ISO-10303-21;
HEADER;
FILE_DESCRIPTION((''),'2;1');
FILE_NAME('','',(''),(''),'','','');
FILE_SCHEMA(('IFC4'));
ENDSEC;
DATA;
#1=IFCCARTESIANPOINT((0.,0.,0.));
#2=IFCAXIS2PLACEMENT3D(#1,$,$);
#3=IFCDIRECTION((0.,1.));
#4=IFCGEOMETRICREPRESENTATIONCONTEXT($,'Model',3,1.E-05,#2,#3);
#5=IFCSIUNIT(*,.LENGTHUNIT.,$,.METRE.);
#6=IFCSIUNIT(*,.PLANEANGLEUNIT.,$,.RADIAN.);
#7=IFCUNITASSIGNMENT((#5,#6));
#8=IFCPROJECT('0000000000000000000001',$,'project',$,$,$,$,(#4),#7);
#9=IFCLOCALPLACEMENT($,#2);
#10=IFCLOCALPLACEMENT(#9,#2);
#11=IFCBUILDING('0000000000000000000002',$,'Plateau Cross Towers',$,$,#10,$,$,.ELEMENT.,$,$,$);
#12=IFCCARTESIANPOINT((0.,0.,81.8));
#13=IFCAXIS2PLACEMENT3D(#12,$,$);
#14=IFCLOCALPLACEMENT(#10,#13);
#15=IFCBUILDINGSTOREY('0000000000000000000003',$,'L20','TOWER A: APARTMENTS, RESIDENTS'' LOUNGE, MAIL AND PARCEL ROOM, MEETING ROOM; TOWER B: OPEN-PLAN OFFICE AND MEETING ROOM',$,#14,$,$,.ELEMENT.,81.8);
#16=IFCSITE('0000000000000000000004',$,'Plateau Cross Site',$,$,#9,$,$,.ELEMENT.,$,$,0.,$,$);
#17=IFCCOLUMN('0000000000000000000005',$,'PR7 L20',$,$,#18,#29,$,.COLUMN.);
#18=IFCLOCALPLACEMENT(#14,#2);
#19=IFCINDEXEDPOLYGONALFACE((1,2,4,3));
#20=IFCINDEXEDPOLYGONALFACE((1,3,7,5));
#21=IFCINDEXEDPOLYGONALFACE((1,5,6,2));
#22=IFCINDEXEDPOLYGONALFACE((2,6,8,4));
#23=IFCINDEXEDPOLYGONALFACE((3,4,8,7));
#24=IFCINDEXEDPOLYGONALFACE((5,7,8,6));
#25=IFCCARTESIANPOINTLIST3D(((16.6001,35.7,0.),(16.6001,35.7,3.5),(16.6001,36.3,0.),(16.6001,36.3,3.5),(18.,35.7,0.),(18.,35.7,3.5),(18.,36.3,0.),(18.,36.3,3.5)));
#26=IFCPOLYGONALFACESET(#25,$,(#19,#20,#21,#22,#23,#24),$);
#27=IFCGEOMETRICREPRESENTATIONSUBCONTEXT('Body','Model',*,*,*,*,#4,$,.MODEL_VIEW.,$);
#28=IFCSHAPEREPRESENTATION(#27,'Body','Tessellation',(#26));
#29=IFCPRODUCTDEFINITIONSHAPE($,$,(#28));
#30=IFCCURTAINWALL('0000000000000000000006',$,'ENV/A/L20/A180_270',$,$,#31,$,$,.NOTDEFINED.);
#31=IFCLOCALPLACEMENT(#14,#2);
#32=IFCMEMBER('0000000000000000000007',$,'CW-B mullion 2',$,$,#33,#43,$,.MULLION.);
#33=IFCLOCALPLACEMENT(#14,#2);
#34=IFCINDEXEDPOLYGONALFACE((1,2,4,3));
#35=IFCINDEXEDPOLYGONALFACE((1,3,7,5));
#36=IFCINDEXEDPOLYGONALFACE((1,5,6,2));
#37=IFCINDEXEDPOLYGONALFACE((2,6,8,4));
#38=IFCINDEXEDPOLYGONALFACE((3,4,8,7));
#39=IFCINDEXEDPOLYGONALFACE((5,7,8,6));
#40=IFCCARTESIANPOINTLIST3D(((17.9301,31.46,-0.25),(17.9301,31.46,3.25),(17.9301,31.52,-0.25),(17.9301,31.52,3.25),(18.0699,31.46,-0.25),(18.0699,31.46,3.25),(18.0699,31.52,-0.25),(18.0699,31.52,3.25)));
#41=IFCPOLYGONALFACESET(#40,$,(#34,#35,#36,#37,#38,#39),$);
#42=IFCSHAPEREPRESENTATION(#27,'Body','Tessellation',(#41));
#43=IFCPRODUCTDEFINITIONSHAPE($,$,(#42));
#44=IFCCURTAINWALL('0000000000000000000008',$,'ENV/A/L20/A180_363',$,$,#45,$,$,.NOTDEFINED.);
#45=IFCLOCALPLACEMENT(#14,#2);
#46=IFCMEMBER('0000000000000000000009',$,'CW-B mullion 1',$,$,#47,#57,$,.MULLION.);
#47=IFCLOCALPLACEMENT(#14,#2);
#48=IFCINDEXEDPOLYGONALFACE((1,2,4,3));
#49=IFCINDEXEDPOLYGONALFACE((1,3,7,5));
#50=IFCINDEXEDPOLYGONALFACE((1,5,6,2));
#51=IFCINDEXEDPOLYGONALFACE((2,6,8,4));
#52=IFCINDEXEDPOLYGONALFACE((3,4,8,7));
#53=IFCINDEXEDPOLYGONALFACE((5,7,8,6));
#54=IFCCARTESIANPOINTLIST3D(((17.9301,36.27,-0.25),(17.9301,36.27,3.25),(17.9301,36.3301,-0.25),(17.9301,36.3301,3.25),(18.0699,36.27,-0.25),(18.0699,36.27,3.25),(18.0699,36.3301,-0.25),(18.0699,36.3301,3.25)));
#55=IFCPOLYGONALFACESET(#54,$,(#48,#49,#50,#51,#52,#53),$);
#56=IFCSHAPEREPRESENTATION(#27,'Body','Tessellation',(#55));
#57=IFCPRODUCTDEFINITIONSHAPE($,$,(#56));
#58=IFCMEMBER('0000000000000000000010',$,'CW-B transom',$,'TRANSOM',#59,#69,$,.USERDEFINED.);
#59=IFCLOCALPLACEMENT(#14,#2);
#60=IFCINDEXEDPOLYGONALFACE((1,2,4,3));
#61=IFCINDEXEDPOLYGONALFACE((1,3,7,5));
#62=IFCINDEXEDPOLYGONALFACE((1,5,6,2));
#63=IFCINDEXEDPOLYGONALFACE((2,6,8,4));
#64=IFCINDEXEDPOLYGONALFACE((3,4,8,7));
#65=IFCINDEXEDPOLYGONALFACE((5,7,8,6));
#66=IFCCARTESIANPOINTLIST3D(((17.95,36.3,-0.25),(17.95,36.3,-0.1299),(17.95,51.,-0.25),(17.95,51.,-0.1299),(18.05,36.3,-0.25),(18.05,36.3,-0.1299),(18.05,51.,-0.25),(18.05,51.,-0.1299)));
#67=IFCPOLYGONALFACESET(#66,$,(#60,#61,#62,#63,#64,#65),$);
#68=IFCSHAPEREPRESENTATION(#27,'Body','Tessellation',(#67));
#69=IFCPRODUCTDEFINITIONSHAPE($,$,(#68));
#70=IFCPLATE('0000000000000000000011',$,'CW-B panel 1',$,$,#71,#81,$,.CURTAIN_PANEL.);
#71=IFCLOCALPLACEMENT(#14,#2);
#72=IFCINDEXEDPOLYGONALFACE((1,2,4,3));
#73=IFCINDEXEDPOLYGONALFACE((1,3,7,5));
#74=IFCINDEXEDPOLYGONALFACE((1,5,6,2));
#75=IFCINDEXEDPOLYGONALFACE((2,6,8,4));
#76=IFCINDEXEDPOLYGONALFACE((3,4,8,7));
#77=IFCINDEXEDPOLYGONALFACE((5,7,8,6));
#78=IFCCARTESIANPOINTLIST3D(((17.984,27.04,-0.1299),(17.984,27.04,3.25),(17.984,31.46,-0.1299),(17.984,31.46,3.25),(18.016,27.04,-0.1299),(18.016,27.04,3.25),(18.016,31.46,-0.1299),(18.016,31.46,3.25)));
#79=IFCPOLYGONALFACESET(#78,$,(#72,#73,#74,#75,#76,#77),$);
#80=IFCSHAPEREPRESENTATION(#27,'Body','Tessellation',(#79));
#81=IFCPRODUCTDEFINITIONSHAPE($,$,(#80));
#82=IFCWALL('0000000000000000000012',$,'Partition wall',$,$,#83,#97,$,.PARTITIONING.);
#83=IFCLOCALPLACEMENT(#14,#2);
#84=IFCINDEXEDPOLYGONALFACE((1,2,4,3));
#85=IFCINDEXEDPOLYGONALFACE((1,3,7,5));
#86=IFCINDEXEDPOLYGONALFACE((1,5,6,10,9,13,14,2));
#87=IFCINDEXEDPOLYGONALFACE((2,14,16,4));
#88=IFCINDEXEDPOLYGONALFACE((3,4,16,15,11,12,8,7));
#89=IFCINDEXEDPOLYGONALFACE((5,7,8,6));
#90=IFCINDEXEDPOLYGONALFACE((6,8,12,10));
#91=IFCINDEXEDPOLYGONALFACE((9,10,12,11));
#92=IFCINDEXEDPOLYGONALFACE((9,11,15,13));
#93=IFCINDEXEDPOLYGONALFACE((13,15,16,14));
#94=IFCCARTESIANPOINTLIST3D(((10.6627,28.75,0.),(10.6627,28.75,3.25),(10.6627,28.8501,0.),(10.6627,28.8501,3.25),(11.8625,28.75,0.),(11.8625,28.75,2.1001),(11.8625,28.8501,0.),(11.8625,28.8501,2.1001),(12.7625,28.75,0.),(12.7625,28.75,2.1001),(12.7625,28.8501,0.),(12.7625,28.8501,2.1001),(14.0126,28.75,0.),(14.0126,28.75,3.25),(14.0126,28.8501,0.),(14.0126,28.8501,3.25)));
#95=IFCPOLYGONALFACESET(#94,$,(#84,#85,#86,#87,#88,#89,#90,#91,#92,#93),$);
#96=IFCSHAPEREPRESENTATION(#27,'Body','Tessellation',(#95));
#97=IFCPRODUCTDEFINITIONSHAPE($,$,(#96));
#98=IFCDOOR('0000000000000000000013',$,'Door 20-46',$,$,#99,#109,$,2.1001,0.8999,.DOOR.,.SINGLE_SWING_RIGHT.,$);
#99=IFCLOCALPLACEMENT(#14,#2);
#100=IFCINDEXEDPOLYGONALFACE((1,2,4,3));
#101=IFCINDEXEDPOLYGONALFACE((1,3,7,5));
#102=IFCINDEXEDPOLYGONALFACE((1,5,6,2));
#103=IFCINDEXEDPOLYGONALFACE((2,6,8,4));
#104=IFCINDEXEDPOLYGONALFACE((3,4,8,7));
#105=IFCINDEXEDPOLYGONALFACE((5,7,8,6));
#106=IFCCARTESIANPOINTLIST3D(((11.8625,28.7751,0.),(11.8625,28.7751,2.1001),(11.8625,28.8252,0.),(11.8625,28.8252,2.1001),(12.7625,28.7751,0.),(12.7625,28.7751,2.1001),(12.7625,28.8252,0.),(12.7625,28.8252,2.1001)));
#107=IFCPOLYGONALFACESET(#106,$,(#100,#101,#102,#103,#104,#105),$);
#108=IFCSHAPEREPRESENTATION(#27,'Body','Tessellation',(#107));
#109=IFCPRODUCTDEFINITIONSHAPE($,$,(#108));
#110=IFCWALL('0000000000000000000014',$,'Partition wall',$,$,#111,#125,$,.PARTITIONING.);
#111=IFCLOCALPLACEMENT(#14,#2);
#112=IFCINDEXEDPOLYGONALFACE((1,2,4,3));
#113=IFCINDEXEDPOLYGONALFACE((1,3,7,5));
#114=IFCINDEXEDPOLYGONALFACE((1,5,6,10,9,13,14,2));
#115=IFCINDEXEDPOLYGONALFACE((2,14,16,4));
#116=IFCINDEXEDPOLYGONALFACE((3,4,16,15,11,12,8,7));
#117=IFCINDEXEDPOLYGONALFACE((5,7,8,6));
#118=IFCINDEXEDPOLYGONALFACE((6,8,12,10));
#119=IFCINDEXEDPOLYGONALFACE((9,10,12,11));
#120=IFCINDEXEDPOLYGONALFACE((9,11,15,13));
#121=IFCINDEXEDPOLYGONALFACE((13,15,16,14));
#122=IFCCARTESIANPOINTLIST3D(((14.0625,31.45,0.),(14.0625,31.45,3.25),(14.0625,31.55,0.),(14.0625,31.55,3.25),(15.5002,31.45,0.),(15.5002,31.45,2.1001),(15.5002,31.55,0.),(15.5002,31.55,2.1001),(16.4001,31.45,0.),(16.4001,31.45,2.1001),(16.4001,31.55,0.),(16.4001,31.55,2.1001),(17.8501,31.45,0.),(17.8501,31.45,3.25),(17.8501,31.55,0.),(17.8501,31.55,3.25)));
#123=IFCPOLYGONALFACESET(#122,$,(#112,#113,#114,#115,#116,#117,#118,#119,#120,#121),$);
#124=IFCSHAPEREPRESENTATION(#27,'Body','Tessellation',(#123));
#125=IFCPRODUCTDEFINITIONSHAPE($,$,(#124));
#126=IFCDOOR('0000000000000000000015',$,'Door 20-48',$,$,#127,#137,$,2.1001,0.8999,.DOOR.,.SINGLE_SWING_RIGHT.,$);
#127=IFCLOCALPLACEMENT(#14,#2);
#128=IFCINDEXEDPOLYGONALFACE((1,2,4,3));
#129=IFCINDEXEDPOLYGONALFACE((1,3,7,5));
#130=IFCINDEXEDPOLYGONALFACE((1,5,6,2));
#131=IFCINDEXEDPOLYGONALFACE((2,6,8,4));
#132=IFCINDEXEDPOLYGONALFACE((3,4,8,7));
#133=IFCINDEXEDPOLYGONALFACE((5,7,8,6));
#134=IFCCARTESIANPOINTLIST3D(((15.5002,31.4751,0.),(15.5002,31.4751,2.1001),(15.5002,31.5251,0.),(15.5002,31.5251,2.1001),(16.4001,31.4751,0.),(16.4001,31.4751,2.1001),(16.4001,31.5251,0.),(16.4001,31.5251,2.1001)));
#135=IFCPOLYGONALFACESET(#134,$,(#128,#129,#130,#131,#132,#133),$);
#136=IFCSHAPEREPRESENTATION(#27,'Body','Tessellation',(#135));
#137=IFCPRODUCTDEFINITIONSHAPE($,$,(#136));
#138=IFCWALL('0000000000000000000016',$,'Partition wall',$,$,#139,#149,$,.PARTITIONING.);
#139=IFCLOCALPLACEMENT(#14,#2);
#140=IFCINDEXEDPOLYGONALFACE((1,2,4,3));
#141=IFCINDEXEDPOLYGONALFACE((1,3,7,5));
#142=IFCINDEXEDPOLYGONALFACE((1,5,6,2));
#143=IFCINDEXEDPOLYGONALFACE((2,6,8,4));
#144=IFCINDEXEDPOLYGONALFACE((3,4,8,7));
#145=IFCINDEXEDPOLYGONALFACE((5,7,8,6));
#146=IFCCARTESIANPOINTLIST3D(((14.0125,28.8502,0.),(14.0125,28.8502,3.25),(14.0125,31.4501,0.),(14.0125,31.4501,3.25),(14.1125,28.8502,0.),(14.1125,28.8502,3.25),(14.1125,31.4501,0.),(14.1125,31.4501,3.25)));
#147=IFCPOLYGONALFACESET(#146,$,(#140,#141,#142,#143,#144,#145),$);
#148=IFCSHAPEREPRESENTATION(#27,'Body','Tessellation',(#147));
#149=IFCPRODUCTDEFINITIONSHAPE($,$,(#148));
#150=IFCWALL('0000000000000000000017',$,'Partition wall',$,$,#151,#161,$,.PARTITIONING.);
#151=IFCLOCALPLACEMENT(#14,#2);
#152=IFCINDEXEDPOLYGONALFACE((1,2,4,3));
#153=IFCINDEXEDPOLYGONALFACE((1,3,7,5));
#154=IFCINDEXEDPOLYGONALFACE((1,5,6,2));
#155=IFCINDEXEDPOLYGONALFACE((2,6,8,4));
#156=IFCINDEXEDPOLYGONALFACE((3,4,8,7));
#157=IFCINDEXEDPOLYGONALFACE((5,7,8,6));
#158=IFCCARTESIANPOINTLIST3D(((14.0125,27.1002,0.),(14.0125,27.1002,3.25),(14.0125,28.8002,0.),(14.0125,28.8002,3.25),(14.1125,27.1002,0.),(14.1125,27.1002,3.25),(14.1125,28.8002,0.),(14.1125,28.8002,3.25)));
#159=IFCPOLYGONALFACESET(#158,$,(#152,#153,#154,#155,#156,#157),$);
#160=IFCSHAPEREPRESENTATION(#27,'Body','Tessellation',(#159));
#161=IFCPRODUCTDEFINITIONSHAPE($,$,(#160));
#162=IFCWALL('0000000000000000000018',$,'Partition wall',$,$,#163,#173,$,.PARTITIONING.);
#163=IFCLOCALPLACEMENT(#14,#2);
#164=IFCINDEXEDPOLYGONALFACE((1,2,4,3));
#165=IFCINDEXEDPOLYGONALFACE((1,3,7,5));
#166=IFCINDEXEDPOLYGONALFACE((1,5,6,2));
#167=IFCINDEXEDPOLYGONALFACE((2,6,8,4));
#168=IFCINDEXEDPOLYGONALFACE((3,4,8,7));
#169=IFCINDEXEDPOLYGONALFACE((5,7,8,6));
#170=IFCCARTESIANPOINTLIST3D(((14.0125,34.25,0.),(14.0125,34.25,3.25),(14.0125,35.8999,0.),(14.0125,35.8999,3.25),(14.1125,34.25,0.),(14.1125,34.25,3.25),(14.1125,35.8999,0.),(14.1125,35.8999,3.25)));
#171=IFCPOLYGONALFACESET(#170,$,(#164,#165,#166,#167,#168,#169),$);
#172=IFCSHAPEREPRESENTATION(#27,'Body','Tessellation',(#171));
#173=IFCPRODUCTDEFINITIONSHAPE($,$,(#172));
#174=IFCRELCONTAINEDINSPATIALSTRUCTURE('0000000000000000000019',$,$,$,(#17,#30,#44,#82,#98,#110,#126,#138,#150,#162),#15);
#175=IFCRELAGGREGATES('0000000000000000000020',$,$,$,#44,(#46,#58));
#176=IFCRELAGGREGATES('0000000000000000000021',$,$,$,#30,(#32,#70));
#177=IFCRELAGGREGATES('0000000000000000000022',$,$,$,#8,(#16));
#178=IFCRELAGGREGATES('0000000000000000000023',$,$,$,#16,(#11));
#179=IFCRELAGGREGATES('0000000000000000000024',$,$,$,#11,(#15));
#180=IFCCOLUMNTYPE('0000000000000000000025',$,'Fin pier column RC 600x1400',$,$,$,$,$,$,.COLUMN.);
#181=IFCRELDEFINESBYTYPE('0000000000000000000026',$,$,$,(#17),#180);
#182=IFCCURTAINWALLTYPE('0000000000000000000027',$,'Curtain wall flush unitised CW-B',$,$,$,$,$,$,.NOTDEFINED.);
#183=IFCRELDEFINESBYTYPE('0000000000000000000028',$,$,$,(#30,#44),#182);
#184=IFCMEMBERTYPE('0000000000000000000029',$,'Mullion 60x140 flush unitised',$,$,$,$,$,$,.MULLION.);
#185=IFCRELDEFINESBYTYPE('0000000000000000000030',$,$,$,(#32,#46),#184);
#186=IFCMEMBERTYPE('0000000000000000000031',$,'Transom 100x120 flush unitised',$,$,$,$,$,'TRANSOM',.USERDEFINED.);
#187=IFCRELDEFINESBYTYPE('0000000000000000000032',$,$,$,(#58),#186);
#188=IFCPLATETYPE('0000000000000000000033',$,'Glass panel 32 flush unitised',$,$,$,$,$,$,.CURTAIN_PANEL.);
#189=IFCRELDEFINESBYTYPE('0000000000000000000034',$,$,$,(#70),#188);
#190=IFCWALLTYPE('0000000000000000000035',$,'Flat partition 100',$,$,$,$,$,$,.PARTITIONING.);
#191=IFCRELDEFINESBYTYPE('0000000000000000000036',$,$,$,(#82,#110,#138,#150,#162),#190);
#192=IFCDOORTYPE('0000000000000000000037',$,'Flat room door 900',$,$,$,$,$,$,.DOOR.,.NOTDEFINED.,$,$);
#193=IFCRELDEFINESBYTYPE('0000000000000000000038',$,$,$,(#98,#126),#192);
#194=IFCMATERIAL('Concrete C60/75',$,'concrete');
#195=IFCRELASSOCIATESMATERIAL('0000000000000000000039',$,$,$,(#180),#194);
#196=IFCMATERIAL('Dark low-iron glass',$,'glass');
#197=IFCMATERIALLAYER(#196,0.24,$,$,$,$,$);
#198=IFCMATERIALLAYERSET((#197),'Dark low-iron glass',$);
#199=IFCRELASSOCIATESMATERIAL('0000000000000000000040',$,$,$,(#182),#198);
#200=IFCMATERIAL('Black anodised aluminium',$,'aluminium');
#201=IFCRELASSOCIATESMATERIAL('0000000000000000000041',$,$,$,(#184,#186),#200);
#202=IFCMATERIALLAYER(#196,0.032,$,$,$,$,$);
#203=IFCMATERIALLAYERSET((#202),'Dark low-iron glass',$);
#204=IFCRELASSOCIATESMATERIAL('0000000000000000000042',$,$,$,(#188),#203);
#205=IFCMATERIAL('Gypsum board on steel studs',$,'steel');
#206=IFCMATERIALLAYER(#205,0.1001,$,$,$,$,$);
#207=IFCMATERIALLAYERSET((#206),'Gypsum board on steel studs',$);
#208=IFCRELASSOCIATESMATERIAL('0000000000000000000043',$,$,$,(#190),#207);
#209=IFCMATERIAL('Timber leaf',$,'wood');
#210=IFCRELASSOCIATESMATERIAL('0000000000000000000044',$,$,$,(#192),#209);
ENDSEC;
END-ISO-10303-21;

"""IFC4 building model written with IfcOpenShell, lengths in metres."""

from ifc_helpers import new_model, si_unit, direction, frame, frame_2d, origin, origin_2d, place, context, subcontext, project, spatial, rectangle, extrude, material, layer, layer_set, material_profile, profile_set, type_object, element, fill, aggregate, save


model = new_model("IFC4")

# Units and contexts
model_context = context("Model", 3, precision=1e-05, world=origin(), true_north=direction((0.0, 1.0)))
body_context = subcontext(model_context, "Body", "Model", "MODEL_VIEW")
ifc_project = project(units=[si_unit("LENGTHUNIT", "METRE"), si_unit("PLANEANGLEUNIT", "RADIAN")], contexts=[model_context])

# Site, building, storey
site_placement = place(None, origin())
site = spatial("IfcSite", under=ifc_project, at=site_placement, Name="Plateau Cross Site", CompositionType="ELEMENT", RefElevation=0.0)
building_placement = place(site_placement, origin())
building = spatial("IfcBuilding", under=site, at=building_placement, Name="Plateau Cross Towers", CompositionType="ELEMENT")
storey_placement = place(building_placement, frame((0.0, 0.0, 81.8)))
storey = spatial("IfcBuildingStorey", under=building, at=storey_placement, Name="L20", Description="TOWER A: APARTMENTS, RESIDENTS' LOUNGE, MAIL AND PARCEL ROOM, MEETING ROOM; TOWER B: OPEN-PLAN OFFICE AND MEETING ROOM", CompositionType="ELEMENT", Elevation=81.8)

# Column
ifc_material_1 = material(Name="Concrete C60/75", Category="concrete")
ifc_material_profile_1 = material_profile(ifc_material_1, rectangle(XDim=0.6001, YDim=1.3999, at=origin_2d()), Name="RC 600x1400")
ifc_profile_set_1 = profile_set([ifc_material_profile_1], Name="Concrete C60/75")
column_type = type_object("IfcColumnType", Name="Fin pier column RC 600x1400", PredefinedType="COLUMN", material=ifc_profile_set_1)
column_placement = place(storey_placement, frame((17.3, 36.0, 0.0), z_axis=(0.0, 0.0, 1.0), x_axis=(0.0, 1.0, 0.0)))
element("IfcColumn", 1, at=column_placement, inside=storey, type_object=column_type, Name="PR7 L20", PredefinedType="COLUMN", context=body_context, shape_type="SweptSolid", body=[
    extrude(rectangle(XDim=0.6001, YDim=1.3999, at=origin_2d()), origin(), (0.0, 0.0, 1.0), 3.5),
])

# Curtain wall, member
ifc_material_2 = material(Name="Dark low-iron glass", Category="glass")
ifc_layer_1 = layer(ifc_material_2, 0.24)
ifc_layer_set_1 = layer_set([ifc_layer_1], Name="Dark low-iron glass")
curtain_wall_type = type_object("IfcCurtainWallType", Name="Curtain wall flush unitised CW-B", PredefinedType="NOTDEFINED", material=ifc_layer_set_1)
curtain_wall_1_placement = place(storey_placement, origin())
curtain_wall_1 = element("IfcCurtainWall", 2, at=curtain_wall_1_placement, inside=storey, type_object=curtain_wall_type, Name="ENV/A/L20/A180_270", PredefinedType="NOTDEFINED")
ifc_material_3 = material(Name="Black anodised aluminium", Category="aluminium")
ifc_material_profile_2 = material_profile(ifc_material_3, rectangle(XDim=0.0601, YDim=0.1399, at=origin_2d()), Name="MULLION 60x140")
ifc_profile_set_2 = profile_set([ifc_material_profile_2], Name="Black anodised aluminium")
member_type_1 = type_object("IfcMemberType", Name="Mullion 60x140 flush unitised", PredefinedType="MULLION", material=ifc_profile_set_2)
member_1_placement = place(storey_placement, frame((18.0, 31.49, -0.25), z_axis=(0.0, 0.0, 1.0), x_axis=(0.0, 1.0, 0.0)))
member_1 = element("IfcMember", 3, at=member_1_placement, type_object=member_type_1, Name="CW-B mullion 2", PredefinedType="MULLION", context=body_context, shape_type="SweptSolid", body=[
    extrude(rectangle(XDim=0.0601, YDim=0.1399, at=origin_2d()), origin(), (0.0, 0.0, 1.0), 3.5),
])

# Curtain wall, members
curtain_wall_2_placement = place(storey_placement, origin())
curtain_wall_2 = element("IfcCurtainWall", 4, at=curtain_wall_2_placement, inside=storey, type_object=curtain_wall_type, Name="ENV/A/L20/A180_363", PredefinedType="NOTDEFINED")
member_2_placement = place(storey_placement, frame((18.0, 36.3, -0.25), z_axis=(0.0, 0.0, 1.0), x_axis=(0.0, 1.0, 0.0)))
member_2 = element("IfcMember", 5, at=member_2_placement, type_object=member_type_1, Name="CW-B mullion 1", PredefinedType="MULLION", context=body_context, shape_type="SweptSolid", body=[
    extrude(rectangle(XDim=0.0601, YDim=0.1399, at=origin_2d()), origin(), (0.0, 0.0, 1.0), 3.5),
])
ifc_material_profile_3 = material_profile(ifc_material_3, rectangle(XDim=0.1001, YDim=0.1201, at=origin_2d()), Name="TRANSOM 100x120")
ifc_profile_set_3 = profile_set([ifc_material_profile_3], Name="Black anodised aluminium")
member_type_2 = type_object("IfcMemberType", Name="Transom 100x120 flush unitised", ElementType="TRANSOM", PredefinedType="USERDEFINED", material=ifc_profile_set_3)
member_3_placement = place(storey_placement, frame((18.0, 36.3, -0.1899), z_axis=(0.0, 1.0, 0.0), x_axis=(-1.0, 0.0, 0.0)))
member_3 = element("IfcMember", 6, at=member_3_placement, type_object=member_type_2, Name="CW-B transom", ObjectType="TRANSOM", PredefinedType="USERDEFINED", context=body_context, shape_type="SweptSolid", body=[
    extrude(rectangle(XDim=0.1001, YDim=0.1201, at=origin_2d()), origin(), (0.0, 0.0, 1.0), 14.7),
])
aggregate(curtain_wall_2, [member_2, member_3])

# Plate
ifc_layer_2 = layer(ifc_material_2, 0.032)
ifc_layer_set_2 = layer_set([ifc_layer_2], Name="Dark low-iron glass")
plate_type = type_object("IfcPlateType", Name="Glass panel 32 flush unitised", PredefinedType="CURTAIN_PANEL", material=ifc_layer_set_2)
plate_placement = place(storey_placement, frame((18.0, 29.25, -0.1299), z_axis=(0.0, 0.0, 1.0), x_axis=(0.0, 1.0, 0.0)))
plate = element("IfcPlate", 7, at=plate_placement, type_object=plate_type, Name="CW-B panel 1", PredefinedType="CURTAIN_PANEL", context=body_context, shape_type="SweptSolid", body=[
    extrude(rectangle(XDim=4.4199, YDim=0.032, at=origin_2d()), origin(), (0.0, 0.0, 1.0), 3.3799),
])
aggregate(curtain_wall_1, [member_1, plate])

# Walls, openings, doors
ifc_material_4 = material(Name="Gypsum board on steel studs", Category="steel")
ifc_layer_3 = layer(ifc_material_4, 0.1001)
ifc_layer_set_3 = layer_set([ifc_layer_3], Name="Gypsum board on steel studs")
wall_type_1 = type_object("IfcWallType", Name="Flat partition 100", PredefinedType="PARTITIONING", material=ifc_layer_set_3)
wall_1_placement = place(storey_placement, frame((14.0125, 28.8, 0.0), z_axis=(0.0, 0.0, 1.0), x_axis=(-1.0, 0.0, 0.0)))
wall_1 = element("IfcWall", 8, at=wall_1_placement, inside=storey, type_object=wall_type_1, Name="Partition wall", PredefinedType="PARTITIONING", context=body_context, shape_type="SweptSolid", body=[
    extrude(rectangle(XDim=3.3499, YDim=0.1001, at=frame_2d((1.6748, 0.0))), origin(), (0.0, 0.0, 1.0), 3.25),
])
opening_1_placement = place(wall_1_placement, frame((1.25, 0.0, 0.0)))
opening_1 = element("IfcOpeningElement", 9, at=opening_1_placement, cuts=wall_1, PredefinedType="OPENING", context=body_context, shape_type="SweptSolid", body=[
    extrude(rectangle(XDim=0.8999, YDim=2.1001, at=frame_2d((0.45, 1.05))), frame((0.0, 0.0601, 0.0), z_axis=(0.0, -1.0, 0.0), x_axis=(1.0, 0.0, 0.0)), (0.0, 0.0, 1.0), 0.1201),
])
ifc_material_5 = material(Name="Timber leaf", Category="wood")
door_type_1 = type_object("IfcDoorType", Name="Flat room door 900", OperationType="NOTDEFINED", PredefinedType="DOOR", material=ifc_material_5)
door_1_placement = place(opening_1_placement, origin())
door_1 = element("IfcDoor", 10, at=door_1_placement, inside=storey, type_object=door_type_1, Name="Door 20-46", OperationType="SINGLE_SWING_RIGHT", OverallHeight=2.1001, OverallWidth=0.8999, PredefinedType="DOOR", context=body_context, shape_type="SweptSolid", body=[
    extrude(rectangle(XDim=0.8999, YDim=2.1001, at=frame_2d((0.45, 1.05))), frame((0.0, 0.0249, 0.0), z_axis=(0.0, -1.0, 0.0), x_axis=(1.0, 0.0, 0.0)), (0.0, 0.0, 1.0), 0.05),
])
fill(opening_1, door_1)
wall_2_placement = place(storey_placement, frame((17.8501, 31.5, 0.0), z_axis=(0.0, 0.0, 1.0), x_axis=(-1.0, 0.0, 0.0)))
wall_2 = element("IfcWall", 11, at=wall_2_placement, inside=storey, type_object=wall_type_1, Name="Partition wall", PredefinedType="PARTITIONING", context=body_context, shape_type="SweptSolid", body=[
    extrude(rectangle(XDim=3.7876, YDim=0.1001, at=frame_2d((1.8938, 0.0))), origin(), (0.0, 0.0, 1.0), 3.25),
])
opening_2_placement = place(wall_2_placement, frame((1.45, 0.0, 0.0)))
opening_2 = element("IfcOpeningElement", 12, at=opening_2_placement, cuts=wall_2, PredefinedType="OPENING", context=body_context, shape_type="SweptSolid", body=[
    extrude(rectangle(XDim=0.8999, YDim=2.1001, at=frame_2d((0.45, 1.05))), frame((0.0, 0.0601, 0.0), z_axis=(0.0, -1.0, 0.0), x_axis=(1.0, 0.0, 0.0)), (0.0, 0.0, 1.0), 0.1201),
])
door_2_placement = place(opening_2_placement, origin())
door_2 = element("IfcDoor", 13, at=door_2_placement, inside=storey, type_object=door_type_1, Name="Door 20-48", OperationType="SINGLE_SWING_RIGHT", OverallHeight=2.1001, OverallWidth=0.8999, PredefinedType="DOOR", context=body_context, shape_type="SweptSolid", body=[
    extrude(rectangle(XDim=0.8999, YDim=2.1001, at=frame_2d((0.45, 1.05))), frame((0.0, 0.0249, 0.0), z_axis=(0.0, -1.0, 0.0), x_axis=(1.0, 0.0, 0.0)), (0.0, 0.0, 1.0), 0.05),
])
fill(opening_2, door_2)

# Walls
wall_3_placement = place(storey_placement, frame((14.0625, 31.45, 0.0), z_axis=(0.0, 0.0, 1.0), x_axis=(0.0, -1.0, 0.0)))
element("IfcWall", 14, at=wall_3_placement, inside=storey, type_object=wall_type_1, Name="Partition wall", PredefinedType="PARTITIONING", context=body_context, shape_type="SweptSolid", body=[
    extrude(rectangle(XDim=2.5999, YDim=0.1001, at=frame_2d((1.2998, 0.0))), origin(), (0.0, 0.0, 1.0), 3.25),
])
wall_4_placement = place(storey_placement, frame((14.0625, 27.1001, 0.0), z_axis=(0.0, 0.0, 1.0), x_axis=(0.0, 1.0, 0.0)))
element("IfcWall", 15, at=wall_4_placement, inside=storey, type_object=wall_type_1, Name="Partition wall", PredefinedType="PARTITIONING", context=body_context, shape_type="SweptSolid", body=[
    extrude(rectangle(XDim=1.7, YDim=0.1001, at=frame_2d((0.8501, 0.0))), origin(), (0.0, 0.0, 1.0), 3.25),
])
wall_5_placement = place(storey_placement, frame((14.0625, 34.25, 0.0), z_axis=(0.0, 0.0, 1.0), x_axis=(0.0, 1.0, 0.0)))
element("IfcWall", 16, at=wall_5_placement, inside=storey, type_object=wall_type_1, Name="Partition wall", PredefinedType="PARTITIONING", context=body_context, shape_type="SweptSolid", body=[
    extrude(rectangle(XDim=1.6499, YDim=0.1001, at=frame_2d((0.825, 0.0))), origin(), (0.0, 0.0, 1.0), 3.25),
])

save(model, "model.ifc")
